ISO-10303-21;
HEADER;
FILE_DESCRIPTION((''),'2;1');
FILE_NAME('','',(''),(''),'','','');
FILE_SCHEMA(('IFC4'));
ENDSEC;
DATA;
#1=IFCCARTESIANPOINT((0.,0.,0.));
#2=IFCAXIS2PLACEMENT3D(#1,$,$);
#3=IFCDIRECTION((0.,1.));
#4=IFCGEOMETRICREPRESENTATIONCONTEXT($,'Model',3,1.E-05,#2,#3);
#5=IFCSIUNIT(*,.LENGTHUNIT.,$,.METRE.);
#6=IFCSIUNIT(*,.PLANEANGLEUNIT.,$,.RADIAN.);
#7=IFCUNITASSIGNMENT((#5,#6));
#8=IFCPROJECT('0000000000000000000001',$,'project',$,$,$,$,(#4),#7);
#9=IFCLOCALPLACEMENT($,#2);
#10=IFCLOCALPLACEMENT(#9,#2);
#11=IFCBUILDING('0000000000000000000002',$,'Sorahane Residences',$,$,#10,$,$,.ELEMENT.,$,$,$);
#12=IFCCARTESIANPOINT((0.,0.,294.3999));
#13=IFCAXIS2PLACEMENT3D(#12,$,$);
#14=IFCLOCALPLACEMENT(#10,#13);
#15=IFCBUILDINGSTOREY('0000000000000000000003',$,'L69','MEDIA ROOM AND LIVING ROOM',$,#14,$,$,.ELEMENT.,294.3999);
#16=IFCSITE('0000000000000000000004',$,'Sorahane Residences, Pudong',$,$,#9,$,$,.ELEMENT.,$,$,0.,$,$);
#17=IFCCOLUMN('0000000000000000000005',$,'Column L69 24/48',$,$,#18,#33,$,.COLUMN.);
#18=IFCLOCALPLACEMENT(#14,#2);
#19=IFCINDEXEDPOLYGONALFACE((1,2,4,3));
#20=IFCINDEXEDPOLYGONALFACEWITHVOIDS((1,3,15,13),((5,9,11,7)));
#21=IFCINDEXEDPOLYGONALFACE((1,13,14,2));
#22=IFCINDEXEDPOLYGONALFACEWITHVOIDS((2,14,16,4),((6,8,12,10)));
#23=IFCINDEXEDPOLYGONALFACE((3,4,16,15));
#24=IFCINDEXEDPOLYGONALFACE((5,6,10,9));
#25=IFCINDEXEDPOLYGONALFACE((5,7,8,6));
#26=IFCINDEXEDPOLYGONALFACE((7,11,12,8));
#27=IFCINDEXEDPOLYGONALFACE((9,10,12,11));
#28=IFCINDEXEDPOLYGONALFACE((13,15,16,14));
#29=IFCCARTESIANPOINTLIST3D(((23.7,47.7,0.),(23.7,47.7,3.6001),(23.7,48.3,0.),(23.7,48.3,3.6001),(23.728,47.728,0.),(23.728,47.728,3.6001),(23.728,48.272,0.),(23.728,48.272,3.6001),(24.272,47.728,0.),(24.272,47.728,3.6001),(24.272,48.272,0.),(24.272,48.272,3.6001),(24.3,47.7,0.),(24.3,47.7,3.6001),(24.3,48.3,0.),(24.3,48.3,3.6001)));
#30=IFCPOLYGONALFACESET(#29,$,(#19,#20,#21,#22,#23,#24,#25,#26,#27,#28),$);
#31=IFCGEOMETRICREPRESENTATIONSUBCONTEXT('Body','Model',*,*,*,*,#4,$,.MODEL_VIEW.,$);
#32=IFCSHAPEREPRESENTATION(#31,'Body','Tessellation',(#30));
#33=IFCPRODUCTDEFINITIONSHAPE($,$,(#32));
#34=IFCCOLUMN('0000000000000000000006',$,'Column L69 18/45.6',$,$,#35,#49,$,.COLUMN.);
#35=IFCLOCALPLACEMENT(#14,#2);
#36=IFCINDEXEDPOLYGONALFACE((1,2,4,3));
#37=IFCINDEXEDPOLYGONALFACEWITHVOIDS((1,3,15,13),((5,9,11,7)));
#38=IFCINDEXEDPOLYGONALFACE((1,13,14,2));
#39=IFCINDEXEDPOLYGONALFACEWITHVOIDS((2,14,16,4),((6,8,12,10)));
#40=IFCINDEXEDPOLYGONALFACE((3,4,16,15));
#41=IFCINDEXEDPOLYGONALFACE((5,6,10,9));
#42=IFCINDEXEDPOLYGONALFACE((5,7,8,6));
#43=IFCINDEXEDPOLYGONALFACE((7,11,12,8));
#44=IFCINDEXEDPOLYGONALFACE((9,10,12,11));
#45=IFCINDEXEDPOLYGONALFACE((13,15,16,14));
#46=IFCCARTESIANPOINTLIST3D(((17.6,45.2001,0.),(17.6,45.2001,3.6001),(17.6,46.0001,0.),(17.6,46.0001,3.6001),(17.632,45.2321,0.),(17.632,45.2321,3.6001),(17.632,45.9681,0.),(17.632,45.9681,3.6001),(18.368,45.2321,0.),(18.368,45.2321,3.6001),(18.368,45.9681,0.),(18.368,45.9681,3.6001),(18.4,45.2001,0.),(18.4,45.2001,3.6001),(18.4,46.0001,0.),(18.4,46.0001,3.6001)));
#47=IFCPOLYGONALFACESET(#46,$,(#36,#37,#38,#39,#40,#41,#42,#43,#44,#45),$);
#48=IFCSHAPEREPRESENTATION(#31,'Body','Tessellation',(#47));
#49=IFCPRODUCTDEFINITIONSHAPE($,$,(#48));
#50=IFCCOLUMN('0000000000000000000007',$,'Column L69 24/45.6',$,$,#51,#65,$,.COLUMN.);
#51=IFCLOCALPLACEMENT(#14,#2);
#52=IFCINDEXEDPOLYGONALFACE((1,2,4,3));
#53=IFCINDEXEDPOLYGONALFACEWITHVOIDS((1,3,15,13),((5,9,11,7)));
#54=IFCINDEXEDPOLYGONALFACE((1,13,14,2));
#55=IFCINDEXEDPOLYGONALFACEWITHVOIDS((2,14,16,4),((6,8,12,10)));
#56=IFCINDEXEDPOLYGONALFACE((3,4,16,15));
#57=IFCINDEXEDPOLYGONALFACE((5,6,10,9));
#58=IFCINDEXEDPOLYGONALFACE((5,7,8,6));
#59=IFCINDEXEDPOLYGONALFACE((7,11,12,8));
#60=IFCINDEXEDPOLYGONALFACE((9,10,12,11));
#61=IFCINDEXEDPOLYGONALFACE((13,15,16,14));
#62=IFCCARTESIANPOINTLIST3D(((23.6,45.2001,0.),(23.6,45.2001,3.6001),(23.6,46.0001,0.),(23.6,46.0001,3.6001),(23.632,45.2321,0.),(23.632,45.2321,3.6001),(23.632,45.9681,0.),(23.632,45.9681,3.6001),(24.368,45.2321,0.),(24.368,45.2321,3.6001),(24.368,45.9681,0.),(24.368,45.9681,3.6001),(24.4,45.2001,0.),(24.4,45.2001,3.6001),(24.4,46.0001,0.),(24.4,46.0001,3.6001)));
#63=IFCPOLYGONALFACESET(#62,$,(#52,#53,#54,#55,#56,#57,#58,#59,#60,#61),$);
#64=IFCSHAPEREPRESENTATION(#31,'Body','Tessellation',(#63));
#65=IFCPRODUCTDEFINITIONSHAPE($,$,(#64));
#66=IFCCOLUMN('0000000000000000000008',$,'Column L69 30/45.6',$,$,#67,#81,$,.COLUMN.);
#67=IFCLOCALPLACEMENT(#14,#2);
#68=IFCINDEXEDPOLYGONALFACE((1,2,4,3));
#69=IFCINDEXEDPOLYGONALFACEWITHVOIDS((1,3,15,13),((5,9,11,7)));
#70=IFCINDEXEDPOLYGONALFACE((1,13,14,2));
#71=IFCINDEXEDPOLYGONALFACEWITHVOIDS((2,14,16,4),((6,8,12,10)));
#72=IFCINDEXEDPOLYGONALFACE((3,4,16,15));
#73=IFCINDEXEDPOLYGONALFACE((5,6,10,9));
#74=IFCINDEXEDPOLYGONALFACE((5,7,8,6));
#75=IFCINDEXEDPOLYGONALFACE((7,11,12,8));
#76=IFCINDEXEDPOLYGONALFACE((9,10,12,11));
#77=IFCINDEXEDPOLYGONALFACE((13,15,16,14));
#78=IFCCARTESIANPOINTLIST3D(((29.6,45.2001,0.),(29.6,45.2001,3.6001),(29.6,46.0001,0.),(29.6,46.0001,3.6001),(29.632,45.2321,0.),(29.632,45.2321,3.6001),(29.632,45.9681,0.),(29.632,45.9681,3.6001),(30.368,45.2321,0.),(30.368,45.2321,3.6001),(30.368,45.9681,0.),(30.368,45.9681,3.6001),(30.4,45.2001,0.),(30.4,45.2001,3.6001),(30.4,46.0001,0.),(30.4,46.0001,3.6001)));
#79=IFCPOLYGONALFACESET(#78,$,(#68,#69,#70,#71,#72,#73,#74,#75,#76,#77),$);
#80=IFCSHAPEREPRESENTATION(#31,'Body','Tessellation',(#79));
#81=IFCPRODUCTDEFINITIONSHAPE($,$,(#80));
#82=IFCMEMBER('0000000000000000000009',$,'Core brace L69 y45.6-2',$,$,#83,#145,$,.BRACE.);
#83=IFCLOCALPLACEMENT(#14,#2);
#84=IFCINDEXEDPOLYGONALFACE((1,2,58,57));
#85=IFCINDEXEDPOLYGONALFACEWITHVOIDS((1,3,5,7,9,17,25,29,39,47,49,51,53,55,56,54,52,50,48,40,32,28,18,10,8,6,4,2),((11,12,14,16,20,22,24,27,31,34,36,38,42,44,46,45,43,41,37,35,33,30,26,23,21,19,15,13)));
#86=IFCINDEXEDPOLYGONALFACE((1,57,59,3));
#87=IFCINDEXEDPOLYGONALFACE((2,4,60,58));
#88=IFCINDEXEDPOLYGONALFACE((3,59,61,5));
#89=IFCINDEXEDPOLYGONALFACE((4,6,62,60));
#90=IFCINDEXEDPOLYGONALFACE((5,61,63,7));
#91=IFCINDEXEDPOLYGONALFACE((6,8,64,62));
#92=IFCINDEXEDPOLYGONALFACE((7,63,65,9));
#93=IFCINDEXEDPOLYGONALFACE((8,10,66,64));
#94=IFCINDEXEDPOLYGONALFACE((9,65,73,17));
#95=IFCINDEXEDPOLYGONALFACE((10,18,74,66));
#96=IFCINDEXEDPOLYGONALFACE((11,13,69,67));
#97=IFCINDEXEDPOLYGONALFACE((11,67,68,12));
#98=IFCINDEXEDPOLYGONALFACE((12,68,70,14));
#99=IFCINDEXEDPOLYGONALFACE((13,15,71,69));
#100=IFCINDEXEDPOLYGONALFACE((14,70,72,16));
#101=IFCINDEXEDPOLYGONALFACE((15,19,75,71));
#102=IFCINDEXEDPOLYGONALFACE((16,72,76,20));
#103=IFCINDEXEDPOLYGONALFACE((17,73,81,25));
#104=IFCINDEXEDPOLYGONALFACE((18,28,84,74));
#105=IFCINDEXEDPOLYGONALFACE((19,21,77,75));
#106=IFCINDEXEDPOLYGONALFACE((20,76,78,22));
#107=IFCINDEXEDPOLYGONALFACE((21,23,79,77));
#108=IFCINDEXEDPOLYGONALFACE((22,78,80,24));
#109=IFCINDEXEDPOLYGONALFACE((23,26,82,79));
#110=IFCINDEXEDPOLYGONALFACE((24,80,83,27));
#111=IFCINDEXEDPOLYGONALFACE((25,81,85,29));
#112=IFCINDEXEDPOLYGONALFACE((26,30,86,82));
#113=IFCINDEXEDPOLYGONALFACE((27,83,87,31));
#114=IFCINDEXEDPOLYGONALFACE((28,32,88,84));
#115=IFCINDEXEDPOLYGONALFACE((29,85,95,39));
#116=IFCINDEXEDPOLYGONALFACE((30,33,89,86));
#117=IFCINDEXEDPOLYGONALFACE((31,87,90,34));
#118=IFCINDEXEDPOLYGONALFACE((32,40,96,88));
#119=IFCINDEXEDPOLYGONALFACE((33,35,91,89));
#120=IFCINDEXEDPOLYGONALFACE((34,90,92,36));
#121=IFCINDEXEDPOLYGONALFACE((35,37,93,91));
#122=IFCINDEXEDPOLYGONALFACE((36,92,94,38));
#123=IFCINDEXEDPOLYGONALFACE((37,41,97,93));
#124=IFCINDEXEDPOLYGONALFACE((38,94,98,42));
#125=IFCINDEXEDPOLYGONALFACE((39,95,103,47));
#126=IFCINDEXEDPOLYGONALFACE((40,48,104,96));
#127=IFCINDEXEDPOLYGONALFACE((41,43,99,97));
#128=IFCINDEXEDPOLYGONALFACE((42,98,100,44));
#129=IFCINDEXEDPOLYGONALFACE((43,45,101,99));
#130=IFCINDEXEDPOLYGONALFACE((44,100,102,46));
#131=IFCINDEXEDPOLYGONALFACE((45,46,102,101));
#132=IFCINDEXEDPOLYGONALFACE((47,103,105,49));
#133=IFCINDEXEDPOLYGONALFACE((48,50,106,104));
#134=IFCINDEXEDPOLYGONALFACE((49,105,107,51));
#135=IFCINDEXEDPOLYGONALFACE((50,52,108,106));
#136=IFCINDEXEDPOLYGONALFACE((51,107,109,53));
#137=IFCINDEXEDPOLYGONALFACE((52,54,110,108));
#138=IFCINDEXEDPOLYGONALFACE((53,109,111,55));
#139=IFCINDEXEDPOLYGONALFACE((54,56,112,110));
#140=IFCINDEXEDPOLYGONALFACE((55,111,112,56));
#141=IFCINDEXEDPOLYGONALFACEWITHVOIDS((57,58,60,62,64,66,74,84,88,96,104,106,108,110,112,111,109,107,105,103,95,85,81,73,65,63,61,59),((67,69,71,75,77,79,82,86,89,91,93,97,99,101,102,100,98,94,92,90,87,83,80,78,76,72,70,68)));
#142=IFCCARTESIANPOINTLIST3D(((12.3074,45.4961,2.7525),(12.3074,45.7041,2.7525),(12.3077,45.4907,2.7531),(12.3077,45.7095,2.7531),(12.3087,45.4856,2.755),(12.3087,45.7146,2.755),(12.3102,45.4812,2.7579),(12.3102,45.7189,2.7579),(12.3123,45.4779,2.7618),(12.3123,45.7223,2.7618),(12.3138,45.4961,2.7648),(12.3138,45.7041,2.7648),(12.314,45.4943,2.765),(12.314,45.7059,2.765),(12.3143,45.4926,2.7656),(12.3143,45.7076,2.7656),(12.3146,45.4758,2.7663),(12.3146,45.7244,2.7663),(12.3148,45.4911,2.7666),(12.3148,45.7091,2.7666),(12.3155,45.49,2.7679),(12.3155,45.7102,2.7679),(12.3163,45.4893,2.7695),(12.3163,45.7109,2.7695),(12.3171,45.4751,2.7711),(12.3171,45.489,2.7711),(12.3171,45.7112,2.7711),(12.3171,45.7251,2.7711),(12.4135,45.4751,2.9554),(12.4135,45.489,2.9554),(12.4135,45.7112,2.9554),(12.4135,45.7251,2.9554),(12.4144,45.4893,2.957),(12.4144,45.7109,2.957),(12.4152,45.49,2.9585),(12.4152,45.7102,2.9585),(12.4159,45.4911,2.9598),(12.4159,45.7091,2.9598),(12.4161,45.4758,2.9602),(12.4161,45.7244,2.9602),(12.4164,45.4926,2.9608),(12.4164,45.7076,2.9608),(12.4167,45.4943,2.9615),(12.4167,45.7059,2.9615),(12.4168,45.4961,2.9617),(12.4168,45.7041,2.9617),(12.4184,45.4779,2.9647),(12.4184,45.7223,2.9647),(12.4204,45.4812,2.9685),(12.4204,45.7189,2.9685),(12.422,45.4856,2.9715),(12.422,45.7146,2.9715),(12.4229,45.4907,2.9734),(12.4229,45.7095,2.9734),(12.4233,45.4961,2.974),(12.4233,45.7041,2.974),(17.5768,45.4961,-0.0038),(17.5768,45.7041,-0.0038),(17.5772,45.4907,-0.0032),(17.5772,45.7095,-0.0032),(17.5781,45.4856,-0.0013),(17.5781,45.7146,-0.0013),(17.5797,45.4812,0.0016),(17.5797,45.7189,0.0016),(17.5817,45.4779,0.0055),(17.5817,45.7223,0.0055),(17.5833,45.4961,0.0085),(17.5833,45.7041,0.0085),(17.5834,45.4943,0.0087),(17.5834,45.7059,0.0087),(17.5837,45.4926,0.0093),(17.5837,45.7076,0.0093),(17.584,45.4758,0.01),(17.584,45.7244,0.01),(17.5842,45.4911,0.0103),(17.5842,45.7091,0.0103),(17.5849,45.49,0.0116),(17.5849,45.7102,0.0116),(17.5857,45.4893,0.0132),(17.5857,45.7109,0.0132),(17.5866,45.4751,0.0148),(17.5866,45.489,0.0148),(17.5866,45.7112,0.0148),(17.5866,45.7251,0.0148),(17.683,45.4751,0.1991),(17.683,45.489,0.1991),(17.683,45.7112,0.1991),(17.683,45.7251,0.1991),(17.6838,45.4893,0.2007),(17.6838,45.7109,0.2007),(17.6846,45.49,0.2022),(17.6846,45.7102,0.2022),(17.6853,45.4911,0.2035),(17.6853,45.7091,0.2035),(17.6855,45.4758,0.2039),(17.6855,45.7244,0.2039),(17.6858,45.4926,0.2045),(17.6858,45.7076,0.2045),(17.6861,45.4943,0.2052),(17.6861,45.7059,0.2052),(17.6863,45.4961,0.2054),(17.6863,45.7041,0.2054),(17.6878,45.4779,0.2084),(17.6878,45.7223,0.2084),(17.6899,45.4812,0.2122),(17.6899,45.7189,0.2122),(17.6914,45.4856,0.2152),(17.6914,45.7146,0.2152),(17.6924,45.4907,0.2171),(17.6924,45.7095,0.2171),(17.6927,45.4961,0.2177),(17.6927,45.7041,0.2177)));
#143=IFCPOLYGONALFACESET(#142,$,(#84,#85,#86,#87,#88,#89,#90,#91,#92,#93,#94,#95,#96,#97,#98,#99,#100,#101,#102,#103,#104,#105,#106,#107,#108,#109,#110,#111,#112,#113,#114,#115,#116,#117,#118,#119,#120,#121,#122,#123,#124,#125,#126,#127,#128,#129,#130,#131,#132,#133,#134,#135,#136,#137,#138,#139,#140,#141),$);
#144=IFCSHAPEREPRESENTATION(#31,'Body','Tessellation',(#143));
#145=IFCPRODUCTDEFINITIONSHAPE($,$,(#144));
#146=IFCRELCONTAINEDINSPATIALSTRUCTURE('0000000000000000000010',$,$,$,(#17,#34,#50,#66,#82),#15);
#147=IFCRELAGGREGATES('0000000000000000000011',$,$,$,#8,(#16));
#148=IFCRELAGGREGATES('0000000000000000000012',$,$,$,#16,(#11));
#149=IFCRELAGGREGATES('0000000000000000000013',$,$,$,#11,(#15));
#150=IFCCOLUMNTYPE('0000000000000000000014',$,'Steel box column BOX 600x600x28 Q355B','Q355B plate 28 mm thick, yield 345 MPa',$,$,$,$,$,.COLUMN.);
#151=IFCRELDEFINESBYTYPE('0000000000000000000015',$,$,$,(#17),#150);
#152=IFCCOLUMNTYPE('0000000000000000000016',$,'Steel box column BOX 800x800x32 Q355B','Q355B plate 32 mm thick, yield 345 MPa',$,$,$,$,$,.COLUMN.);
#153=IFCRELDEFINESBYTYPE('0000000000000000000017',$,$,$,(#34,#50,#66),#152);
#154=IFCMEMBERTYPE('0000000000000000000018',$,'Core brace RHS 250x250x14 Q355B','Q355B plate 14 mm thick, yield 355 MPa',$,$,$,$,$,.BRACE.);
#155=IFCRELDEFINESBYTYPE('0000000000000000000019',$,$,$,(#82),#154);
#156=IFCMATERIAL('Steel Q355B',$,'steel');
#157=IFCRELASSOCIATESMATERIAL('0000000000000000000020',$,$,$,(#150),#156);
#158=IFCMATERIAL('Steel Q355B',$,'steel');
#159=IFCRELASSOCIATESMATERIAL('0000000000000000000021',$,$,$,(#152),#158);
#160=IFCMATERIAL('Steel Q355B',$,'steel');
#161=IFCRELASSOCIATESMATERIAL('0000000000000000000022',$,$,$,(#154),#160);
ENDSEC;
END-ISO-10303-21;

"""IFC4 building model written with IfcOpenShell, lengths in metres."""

from ifc_helpers import new_model, si_unit, direction, frame, origin, origin_2d, place, context, subcontext, project, spatial, hollow_rectangle, extrude, material, material_profile, profile_set, type_object, element, save


model = new_model("IFC4")

# Units and contexts
model_context = context("Model", 3, precision=1e-05, world=origin(), true_north=direction((0.0, 1.0)))
body_context = subcontext(model_context, "Body", "Model", "MODEL_VIEW")
ifc_project = project(units=[si_unit("LENGTHUNIT", "METRE"), si_unit("PLANEANGLEUNIT", "RADIAN")], contexts=[model_context])

# Site, building, storey
site_placement = place(None, origin())
site = spatial("IfcSite", under=ifc_project, at=site_placement, Name="Sorahane Residences, Pudong", CompositionType="ELEMENT", RefElevation=0.0)
building_placement = place(site_placement, origin())
building = spatial("IfcBuilding", under=site, at=building_placement, Name="Sorahane Residences", CompositionType="ELEMENT")
storey_placement = place(building_placement, frame((0.0, 0.0, 294.3999)))
storey = spatial("IfcBuildingStorey", under=building, at=storey_placement, Name="L69", Description="MEDIA ROOM AND LIVING ROOM", CompositionType="ELEMENT", Elevation=294.3999)

# Columns
ifc_material_1 = material(Name="Steel Q355B", Category="steel")
ifc_material_profile_1 = material_profile(ifc_material_1, hollow_rectangle(XDim=0.6001, YDim=0.6001, WallThickness=0.0281, at=origin_2d()), Name="BOX 600x600x28")
ifc_profile_set_1 = profile_set([ifc_material_profile_1], Name="Steel Q355B")
column_type_1 = type_object("IfcColumnType", Name="Steel box column BOX 600x600x28 Q355B", Description="Q355B plate 28 mm thick, yield 345 MPa", PredefinedType="COLUMN", material=ifc_profile_set_1)
column_placement = place(storey_placement, frame((24.0, 48.0, 0.0), z_axis=(0.0, 0.0, 1.0), x_axis=(1.0, 0.0, 0.0)))
element("IfcColumn", 1, at=column_placement, inside=storey, type_object=column_type_1, Name="Column L69 24/48", PredefinedType="COLUMN", context=body_context, shape_type="SweptSolid", body=[
    extrude(hollow_rectangle(XDim=0.6001, YDim=0.6001, WallThickness=0.0281, at=origin_2d()), origin(), (0.0, 0.0, 1.0), 3.6001),
])
ifc_material_2 = material(Name="Steel Q355B", Category="steel")
ifc_material_profile_2 = material_profile(ifc_material_2, hollow_rectangle(XDim=0.8, YDim=0.8, WallThickness=0.032, at=origin_2d()), Name="BOX 800x800x32")
ifc_profile_set_2 = profile_set([ifc_material_profile_2], Name="Steel Q355B")
column_type_2 = type_object("IfcColumnType", Name="Steel box column BOX 800x800x32 Q355B", Description="Q355B plate 32 mm thick, yield 345 MPa", PredefinedType="COLUMN", material=ifc_profile_set_2)
for number, where, z_axis, x_axis, name in (
    (2, (18.0, 45.6001, 0.0), (0.0, 0.0, 1.0), (1.0, 0.0, 0.0), "Column L69 18/45.6"),
    (3, (24.0, 45.6001, 0.0), (0.0, 0.0, 1.0), (1.0, 0.0, 0.0), "Column L69 24/45.6"),
    (4, (30.0, 45.6001, 0.0), (0.0, 0.0, 1.0), (1.0, 0.0, 0.0), "Column L69 30/45.6"),
):
    element("IfcColumn", number, at=place(storey_placement, frame(where, z_axis=z_axis, x_axis=x_axis)), inside=storey, type_object=column_type_2, Name=name, PredefinedType="COLUMN", context=body_context, shape_type="SweptSolid", body=[
        extrude(hollow_rectangle(XDim=0.8, YDim=0.8, WallThickness=0.032, at=origin_2d()), origin(), (0.0, 0.0, 1.0), 3.6001),
    ])

# Member
ifc_material_3 = material(Name="Steel Q355B", Category="steel")
ifc_material_profile_3 = material_profile(ifc_material_3, hollow_rectangle(XDim=0.25, YDim=0.25, WallThickness=0.0139, InnerFilletRadius=0.0071, OuterFilletRadius=0.021, at=origin_2d()), Name="RHS 250x250x14")
ifc_profile_set_3 = profile_set([ifc_material_profile_3], Name="Steel Q355B")
member_type_1 = type_object("IfcMemberType", Name="Core brace RHS 250x250x14 Q355B", Description="Q355B plate 14 mm thick, yield 355 MPa", PredefinedType="BRACE", material=ifc_profile_set_3)
for number, where, z_axis, x_axis, name in (
    (5, (17.6348, 45.6001, 0.1069), (-0.8861, 0.0, 0.463495), (0.0, -1.0, 0.0), "Core brace L69 y45.6-2"),
):
    element("IfcMember", number, at=place(storey_placement, frame(where, z_axis=z_axis, x_axis=x_axis)), inside=storey, type_object=member_type_1, Name=name, PredefinedType="BRACE", context=body_context, shape_type="SweptSolid", body=[
        extrude(hollow_rectangle(XDim=0.25, YDim=0.25, WallThickness=0.0139, InnerFilletRadius=0.0071, OuterFilletRadius=0.021, at=origin_2d()), origin(), (0.0, 0.0, 1.0), 5.9468),
    ])

save(model, "model.ifc")
